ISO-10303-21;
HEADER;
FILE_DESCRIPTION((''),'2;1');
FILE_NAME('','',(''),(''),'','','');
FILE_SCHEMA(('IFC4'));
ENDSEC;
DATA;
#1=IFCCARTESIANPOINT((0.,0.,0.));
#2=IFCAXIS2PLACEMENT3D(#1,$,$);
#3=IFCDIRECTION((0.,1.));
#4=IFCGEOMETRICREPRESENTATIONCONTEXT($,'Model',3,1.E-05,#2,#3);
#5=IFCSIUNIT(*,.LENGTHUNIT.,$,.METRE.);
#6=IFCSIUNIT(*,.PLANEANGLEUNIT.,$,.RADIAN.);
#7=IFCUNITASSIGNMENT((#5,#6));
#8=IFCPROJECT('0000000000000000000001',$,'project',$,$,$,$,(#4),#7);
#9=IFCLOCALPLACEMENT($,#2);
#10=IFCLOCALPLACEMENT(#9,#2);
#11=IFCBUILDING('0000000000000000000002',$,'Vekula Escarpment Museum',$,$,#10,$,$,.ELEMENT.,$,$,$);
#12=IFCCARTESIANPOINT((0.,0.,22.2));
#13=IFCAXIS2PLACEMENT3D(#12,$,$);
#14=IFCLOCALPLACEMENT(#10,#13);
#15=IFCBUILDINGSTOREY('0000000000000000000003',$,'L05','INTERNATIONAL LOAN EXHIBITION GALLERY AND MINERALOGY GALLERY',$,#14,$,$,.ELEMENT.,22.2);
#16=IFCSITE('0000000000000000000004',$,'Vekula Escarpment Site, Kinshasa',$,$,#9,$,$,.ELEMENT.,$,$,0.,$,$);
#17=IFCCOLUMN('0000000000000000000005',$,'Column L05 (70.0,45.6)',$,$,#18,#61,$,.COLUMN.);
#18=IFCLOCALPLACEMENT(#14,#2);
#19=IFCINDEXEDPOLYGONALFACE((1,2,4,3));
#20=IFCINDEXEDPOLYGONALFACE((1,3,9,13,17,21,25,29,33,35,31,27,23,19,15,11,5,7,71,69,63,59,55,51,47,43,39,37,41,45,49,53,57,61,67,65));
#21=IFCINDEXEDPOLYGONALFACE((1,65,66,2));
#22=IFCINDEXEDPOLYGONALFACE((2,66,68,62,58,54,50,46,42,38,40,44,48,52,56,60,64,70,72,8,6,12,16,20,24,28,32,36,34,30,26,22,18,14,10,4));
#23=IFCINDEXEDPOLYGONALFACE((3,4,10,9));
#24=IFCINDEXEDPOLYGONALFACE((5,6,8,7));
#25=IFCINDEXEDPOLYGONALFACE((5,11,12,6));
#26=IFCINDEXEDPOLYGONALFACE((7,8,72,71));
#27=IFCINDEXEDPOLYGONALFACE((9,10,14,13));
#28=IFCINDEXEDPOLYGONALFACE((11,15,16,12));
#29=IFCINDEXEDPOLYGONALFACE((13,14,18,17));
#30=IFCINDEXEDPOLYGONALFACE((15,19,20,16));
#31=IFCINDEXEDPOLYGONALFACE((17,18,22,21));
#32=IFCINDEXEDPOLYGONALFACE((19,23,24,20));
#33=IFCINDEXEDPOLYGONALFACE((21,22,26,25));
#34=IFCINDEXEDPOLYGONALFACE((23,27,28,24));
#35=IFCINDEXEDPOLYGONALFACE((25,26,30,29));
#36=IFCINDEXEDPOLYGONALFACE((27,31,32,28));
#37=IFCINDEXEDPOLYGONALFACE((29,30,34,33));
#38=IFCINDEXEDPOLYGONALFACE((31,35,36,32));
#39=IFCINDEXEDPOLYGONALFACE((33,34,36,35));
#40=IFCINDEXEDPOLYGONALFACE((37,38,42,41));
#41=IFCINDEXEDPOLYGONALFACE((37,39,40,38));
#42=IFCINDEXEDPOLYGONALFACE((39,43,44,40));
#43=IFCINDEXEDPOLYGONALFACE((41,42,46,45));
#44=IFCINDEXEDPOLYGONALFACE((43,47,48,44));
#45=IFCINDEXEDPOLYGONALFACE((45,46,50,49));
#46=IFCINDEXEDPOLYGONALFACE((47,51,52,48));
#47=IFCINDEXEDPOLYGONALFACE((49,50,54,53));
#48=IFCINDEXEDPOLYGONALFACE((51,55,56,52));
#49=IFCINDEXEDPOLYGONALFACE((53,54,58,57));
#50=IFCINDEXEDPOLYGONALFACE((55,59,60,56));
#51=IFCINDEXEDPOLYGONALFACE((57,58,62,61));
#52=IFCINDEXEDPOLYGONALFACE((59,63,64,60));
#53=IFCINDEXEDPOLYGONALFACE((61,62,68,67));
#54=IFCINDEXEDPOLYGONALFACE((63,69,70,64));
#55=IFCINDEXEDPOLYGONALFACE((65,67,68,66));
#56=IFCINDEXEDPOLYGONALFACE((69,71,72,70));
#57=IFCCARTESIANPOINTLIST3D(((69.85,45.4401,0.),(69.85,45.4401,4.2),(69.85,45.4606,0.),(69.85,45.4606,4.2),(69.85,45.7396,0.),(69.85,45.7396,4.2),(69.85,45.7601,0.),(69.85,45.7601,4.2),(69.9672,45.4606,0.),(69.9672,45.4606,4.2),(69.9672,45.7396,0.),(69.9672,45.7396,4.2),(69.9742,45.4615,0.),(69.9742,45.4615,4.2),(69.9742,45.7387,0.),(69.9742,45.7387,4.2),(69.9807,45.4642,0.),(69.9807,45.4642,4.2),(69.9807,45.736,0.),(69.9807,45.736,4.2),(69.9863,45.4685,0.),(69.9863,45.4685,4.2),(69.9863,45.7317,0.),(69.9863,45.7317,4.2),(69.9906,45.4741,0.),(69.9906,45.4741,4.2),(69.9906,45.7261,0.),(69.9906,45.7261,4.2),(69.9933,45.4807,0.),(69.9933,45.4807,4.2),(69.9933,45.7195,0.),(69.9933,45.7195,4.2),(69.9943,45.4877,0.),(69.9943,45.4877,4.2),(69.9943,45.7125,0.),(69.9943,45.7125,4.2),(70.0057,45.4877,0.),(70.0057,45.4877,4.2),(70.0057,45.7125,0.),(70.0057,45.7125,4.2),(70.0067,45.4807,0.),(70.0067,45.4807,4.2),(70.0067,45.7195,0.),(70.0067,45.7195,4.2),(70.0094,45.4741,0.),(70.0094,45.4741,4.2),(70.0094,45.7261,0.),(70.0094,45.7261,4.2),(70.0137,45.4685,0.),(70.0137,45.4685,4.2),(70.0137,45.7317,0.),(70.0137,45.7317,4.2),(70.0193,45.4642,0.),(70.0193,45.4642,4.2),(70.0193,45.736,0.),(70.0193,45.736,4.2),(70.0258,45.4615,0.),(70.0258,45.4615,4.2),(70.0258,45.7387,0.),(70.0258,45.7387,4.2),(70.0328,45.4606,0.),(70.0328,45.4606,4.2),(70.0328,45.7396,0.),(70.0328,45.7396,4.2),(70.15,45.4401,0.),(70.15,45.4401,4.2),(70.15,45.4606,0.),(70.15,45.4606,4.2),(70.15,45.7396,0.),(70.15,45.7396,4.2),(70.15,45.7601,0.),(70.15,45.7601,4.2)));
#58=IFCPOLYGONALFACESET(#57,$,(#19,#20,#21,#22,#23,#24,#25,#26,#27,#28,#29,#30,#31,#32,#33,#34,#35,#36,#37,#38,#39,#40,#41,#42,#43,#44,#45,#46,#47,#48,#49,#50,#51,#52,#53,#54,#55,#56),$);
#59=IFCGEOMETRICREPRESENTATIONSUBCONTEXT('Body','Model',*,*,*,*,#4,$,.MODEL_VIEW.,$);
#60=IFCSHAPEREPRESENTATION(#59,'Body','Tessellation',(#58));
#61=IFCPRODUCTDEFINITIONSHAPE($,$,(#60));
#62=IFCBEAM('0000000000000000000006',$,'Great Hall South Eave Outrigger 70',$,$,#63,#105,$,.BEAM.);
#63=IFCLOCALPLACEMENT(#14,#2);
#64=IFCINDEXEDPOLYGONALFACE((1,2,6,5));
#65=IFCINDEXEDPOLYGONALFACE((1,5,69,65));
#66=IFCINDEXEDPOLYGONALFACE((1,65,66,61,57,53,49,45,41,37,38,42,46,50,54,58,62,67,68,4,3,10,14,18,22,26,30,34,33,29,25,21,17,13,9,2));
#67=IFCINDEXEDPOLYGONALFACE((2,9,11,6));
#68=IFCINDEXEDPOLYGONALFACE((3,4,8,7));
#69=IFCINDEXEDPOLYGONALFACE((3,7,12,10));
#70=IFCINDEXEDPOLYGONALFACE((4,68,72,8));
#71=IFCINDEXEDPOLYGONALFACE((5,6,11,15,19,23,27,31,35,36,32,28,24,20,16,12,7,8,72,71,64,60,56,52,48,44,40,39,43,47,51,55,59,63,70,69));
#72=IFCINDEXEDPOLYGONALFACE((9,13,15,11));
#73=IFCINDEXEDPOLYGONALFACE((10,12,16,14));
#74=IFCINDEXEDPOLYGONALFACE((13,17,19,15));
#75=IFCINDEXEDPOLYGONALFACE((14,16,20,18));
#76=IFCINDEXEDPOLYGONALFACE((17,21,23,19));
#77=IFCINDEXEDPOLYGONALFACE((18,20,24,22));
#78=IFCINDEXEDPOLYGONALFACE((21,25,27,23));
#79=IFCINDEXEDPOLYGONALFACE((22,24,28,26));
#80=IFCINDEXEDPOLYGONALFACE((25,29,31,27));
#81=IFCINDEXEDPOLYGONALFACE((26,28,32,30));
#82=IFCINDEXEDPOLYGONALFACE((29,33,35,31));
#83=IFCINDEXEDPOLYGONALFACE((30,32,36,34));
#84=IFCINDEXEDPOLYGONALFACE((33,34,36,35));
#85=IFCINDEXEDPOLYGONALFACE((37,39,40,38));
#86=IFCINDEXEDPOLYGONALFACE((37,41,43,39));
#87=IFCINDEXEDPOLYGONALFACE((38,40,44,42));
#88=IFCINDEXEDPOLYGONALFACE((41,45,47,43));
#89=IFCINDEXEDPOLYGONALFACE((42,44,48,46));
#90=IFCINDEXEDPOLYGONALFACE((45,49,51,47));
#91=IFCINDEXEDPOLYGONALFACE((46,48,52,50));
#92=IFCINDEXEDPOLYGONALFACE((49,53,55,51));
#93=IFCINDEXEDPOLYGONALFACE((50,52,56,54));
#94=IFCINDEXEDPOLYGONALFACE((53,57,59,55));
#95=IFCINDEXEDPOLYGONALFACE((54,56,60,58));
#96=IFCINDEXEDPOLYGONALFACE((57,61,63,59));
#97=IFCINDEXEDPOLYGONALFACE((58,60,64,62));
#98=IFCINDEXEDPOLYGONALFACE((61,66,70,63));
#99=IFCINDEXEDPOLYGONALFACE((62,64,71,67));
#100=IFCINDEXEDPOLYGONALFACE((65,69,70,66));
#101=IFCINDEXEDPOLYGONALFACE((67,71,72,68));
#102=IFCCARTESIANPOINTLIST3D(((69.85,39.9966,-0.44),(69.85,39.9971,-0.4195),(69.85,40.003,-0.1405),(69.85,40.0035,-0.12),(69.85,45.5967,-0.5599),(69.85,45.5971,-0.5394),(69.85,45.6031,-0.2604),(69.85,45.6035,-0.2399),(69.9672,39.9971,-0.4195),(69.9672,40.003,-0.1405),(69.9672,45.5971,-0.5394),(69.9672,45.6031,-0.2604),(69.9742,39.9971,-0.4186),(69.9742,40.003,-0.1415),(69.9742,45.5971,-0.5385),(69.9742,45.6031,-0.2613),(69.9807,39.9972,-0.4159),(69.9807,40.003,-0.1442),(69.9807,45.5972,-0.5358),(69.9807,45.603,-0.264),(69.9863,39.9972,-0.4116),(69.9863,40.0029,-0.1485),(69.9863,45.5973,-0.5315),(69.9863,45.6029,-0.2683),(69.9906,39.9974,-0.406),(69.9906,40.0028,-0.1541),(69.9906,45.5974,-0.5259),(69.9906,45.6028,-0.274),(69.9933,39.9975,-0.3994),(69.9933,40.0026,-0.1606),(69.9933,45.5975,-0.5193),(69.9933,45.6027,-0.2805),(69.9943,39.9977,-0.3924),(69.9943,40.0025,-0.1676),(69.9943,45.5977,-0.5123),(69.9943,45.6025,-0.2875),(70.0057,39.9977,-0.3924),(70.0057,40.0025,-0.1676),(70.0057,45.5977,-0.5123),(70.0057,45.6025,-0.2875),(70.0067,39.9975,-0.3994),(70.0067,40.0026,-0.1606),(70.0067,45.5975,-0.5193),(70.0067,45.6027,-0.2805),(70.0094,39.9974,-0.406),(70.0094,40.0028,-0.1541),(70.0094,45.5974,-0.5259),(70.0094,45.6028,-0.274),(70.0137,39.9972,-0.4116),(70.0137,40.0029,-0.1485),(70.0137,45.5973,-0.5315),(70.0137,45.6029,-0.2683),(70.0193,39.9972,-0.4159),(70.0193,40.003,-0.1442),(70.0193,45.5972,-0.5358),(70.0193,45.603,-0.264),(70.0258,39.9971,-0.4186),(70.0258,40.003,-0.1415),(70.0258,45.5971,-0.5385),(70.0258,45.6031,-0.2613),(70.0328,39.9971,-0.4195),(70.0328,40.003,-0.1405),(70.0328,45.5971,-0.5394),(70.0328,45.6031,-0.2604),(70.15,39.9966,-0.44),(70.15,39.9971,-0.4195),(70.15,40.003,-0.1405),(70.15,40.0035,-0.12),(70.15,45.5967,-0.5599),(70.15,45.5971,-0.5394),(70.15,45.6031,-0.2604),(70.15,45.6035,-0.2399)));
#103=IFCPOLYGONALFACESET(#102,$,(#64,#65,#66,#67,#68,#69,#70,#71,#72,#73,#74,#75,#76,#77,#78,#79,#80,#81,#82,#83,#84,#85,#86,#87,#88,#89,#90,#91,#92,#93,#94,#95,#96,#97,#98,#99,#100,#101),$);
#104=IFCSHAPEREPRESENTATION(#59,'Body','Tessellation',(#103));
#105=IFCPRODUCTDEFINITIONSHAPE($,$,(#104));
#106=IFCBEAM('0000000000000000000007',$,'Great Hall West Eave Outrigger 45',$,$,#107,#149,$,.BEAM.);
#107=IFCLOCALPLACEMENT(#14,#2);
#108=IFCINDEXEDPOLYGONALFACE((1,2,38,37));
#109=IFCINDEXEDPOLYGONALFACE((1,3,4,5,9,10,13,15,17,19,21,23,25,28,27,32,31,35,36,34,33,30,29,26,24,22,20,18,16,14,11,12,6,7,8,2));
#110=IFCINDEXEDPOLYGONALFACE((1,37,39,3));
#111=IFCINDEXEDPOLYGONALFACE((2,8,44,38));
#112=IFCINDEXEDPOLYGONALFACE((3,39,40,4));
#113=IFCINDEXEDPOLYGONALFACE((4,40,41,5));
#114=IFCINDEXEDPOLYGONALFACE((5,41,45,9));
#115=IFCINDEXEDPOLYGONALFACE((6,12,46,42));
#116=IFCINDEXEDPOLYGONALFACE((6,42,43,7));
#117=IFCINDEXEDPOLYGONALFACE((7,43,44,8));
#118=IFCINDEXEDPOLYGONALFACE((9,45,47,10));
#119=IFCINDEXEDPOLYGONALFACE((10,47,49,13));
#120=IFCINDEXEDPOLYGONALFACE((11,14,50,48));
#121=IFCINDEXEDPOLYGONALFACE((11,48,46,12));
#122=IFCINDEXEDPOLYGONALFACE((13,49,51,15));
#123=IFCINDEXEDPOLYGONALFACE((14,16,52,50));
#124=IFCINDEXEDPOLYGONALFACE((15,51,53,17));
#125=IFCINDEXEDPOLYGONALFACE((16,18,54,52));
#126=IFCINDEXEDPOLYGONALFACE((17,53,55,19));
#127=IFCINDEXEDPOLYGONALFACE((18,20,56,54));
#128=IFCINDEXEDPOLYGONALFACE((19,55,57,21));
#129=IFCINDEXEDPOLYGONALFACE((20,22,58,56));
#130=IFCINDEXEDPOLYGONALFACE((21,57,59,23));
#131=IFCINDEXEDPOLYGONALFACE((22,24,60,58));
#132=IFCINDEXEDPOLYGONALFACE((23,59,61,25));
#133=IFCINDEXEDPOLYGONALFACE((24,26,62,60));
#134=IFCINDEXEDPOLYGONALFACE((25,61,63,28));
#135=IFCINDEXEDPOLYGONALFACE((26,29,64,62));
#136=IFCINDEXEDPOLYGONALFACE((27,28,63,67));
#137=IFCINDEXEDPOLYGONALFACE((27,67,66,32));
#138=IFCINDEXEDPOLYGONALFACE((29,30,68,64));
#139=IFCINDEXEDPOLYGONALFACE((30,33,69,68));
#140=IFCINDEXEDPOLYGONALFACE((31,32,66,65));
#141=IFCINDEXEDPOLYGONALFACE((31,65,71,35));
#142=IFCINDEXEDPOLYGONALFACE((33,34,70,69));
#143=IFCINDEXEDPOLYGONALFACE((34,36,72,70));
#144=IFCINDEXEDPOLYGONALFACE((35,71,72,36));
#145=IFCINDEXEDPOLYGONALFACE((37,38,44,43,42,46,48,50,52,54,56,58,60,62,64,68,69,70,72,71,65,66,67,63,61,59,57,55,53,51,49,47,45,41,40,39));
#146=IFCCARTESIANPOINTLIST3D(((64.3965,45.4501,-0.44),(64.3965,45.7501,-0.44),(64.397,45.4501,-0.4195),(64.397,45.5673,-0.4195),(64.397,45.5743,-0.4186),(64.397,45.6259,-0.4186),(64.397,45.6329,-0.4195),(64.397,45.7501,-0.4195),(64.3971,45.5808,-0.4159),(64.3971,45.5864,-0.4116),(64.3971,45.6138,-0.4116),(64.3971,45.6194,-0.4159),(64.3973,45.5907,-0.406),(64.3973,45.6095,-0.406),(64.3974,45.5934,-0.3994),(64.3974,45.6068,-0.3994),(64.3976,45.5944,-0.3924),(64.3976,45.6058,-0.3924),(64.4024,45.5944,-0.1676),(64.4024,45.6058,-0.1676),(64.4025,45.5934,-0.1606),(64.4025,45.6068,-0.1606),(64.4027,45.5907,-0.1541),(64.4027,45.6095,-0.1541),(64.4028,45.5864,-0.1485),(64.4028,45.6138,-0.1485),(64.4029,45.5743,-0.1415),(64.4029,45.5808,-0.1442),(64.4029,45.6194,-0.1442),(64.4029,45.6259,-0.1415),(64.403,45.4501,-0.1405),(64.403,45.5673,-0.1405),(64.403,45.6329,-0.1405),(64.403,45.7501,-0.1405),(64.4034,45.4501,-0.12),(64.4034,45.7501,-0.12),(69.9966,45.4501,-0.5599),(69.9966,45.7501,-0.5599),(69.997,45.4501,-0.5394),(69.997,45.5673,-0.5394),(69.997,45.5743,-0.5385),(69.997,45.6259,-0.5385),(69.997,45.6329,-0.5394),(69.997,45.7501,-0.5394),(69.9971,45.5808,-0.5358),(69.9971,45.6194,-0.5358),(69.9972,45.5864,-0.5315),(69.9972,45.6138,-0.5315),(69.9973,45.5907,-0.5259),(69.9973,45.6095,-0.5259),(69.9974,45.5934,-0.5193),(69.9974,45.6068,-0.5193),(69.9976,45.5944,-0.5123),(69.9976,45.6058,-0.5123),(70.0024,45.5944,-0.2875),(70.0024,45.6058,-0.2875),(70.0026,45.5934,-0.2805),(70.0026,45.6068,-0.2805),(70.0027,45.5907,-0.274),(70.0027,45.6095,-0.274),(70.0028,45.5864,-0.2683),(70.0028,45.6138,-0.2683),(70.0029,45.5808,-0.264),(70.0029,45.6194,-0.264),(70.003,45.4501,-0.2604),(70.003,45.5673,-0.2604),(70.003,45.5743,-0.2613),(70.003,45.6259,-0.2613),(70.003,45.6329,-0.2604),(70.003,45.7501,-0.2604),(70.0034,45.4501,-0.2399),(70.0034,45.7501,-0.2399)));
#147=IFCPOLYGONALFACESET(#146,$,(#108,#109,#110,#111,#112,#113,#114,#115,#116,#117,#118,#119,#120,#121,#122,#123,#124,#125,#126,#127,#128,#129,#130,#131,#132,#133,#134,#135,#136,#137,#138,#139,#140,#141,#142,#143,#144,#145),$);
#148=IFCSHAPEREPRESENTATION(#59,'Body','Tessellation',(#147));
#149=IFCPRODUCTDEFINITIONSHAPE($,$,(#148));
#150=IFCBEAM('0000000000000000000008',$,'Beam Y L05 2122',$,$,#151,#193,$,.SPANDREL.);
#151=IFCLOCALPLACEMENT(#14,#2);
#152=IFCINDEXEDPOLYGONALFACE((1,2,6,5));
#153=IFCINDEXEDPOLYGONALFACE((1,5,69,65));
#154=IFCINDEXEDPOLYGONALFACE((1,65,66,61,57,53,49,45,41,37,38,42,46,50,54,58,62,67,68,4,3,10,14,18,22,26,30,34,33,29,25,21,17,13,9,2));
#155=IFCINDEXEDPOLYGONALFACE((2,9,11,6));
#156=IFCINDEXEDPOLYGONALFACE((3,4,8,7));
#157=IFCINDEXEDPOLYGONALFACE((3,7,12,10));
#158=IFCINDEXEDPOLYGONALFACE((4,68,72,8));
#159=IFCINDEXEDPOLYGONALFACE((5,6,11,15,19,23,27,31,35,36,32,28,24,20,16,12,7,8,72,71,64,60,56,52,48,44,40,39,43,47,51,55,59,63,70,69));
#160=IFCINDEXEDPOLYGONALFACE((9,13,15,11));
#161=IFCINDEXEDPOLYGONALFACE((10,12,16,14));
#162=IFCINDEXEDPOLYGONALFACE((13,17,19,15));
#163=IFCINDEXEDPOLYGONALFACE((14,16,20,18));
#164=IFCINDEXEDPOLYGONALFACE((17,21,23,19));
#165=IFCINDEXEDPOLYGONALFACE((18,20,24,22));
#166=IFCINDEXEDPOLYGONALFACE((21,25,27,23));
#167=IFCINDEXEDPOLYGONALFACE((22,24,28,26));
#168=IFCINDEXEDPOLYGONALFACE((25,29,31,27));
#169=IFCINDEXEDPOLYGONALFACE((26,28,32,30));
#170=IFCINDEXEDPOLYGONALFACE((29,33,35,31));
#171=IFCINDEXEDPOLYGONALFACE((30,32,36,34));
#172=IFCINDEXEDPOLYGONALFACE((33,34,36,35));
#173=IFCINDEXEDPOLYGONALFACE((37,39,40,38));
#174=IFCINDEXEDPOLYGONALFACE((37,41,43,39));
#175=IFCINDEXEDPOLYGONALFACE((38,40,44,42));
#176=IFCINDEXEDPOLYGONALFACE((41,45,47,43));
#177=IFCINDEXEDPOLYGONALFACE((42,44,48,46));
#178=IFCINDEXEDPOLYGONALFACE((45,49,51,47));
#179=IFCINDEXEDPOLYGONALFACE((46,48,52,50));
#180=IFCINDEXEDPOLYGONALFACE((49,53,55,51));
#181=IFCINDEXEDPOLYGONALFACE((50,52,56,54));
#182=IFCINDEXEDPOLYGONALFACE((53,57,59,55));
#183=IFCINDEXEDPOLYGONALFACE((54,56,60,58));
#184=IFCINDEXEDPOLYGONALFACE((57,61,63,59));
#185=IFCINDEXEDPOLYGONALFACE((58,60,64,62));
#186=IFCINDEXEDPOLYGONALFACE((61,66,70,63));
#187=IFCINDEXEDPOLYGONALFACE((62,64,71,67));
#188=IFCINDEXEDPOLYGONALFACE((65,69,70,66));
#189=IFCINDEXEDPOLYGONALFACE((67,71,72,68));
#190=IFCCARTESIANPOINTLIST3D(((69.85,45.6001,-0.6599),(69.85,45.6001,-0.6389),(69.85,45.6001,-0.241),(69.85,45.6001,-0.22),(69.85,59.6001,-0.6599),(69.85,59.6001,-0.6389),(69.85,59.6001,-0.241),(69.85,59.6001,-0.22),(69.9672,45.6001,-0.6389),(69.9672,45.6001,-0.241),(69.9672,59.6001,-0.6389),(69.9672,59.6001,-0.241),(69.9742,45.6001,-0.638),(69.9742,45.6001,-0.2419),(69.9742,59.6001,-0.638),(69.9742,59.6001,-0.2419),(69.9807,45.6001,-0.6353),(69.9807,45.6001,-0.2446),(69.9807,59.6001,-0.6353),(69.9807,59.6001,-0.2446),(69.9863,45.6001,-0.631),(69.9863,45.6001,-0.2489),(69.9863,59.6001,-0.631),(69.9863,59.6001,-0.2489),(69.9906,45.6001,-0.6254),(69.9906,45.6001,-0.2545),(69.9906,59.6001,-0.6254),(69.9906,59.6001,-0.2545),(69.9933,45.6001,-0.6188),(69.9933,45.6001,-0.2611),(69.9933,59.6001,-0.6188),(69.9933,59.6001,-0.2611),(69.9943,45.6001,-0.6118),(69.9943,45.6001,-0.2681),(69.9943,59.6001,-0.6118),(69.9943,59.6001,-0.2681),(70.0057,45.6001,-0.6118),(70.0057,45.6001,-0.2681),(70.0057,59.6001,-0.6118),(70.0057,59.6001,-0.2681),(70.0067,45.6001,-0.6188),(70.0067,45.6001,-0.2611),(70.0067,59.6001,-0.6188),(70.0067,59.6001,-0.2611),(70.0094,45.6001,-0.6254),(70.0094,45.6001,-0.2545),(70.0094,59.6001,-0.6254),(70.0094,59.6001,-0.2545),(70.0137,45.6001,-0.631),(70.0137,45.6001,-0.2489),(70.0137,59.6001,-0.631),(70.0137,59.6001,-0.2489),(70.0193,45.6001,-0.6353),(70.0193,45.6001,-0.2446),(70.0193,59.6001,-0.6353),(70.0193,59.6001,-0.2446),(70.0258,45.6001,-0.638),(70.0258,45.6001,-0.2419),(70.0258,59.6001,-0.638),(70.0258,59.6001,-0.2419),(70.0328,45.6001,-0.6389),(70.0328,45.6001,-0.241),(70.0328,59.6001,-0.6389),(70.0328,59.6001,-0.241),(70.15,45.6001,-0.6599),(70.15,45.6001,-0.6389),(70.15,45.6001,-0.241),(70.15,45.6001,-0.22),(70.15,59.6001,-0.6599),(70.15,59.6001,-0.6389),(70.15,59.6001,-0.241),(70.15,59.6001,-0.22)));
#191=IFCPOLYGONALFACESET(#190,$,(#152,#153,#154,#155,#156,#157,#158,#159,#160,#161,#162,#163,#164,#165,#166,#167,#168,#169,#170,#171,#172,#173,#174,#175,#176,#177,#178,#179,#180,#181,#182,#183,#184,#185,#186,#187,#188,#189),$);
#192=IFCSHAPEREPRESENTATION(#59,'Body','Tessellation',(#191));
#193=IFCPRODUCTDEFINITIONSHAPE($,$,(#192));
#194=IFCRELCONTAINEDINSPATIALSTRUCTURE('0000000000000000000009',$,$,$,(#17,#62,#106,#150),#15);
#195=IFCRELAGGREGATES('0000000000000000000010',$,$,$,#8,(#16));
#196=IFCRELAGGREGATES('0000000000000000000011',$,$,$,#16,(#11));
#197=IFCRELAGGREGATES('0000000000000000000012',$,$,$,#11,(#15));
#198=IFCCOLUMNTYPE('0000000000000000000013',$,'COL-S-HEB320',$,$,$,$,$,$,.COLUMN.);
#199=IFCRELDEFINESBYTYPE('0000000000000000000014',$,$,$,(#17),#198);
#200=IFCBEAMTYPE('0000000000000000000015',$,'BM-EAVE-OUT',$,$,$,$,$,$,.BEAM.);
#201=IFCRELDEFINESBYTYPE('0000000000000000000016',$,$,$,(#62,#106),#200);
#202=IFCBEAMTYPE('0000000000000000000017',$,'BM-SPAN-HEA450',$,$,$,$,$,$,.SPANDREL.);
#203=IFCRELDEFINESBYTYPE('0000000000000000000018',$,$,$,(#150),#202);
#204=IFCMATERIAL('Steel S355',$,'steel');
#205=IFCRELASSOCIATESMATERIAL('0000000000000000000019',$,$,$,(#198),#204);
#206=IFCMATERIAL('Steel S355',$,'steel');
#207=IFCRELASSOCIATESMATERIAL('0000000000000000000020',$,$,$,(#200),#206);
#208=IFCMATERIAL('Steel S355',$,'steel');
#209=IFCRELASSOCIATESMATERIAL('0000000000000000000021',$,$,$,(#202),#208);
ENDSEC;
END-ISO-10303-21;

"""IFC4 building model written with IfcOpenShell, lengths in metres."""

from ifc_helpers import new_model, si_unit, direction, frame, origin, origin_2d, place, context, subcontext, project, spatial, i_section, extrude, material, material_profile, profile_set, type_object, element, save


model = new_model("IFC4")

# Units and contexts
model_context = context("Model", 3, precision=1e-05, world=origin(), true_north=direction((0.0, 1.0)))
body_context = subcontext(model_context, "Body", "Model", "MODEL_VIEW")
ifc_project = project(units=[si_unit("LENGTHUNIT", "METRE"), si_unit("PLANEANGLEUNIT", "RADIAN")], contexts=[model_context])

# Site, building, storey
site_placement = place(None, origin())
site = spatial("IfcSite", under=ifc_project, at=site_placement, Name="Vekula Escarpment Site, Kinshasa", CompositionType="ELEMENT", RefElevation=0.0)
building_placement = place(site_placement, origin())
building = spatial("IfcBuilding", under=site, at=building_placement, Name="Vekula Escarpment Museum", CompositionType="ELEMENT")
storey_placement = place(building_placement, frame((0.0, 0.0, 22.2)))
storey = spatial("IfcBuildingStorey", under=building, at=storey_placement, Name="L05", Description="INTERNATIONAL LOAN EXHIBITION GALLERY AND MINERALOGY GALLERY", CompositionType="ELEMENT", Elevation=22.2)

# Column
ifc_material_1 = material(Name="Steel S355", Category="steel")
ifc_material_profile_1 = material_profile(ifc_material_1, i_section(OverallWidth=0.3, OverallDepth=0.3201, WebThickness=0.0115, FlangeThickness=0.0205, FilletRadius=0.0271, at=origin_2d()), Name="HEB 320")
ifc_profile_set_1 = profile_set([ifc_material_profile_1], Name="Steel S355")
column_type = type_object("IfcColumnType", Name="COL-S-HEB320", PredefinedType="COLUMN", material=ifc_profile_set_1)
column_placement = place(storey_placement, frame((70.0, 45.6001, 0.0), z_axis=(0.0, 0.0, 1.0), x_axis=(1.0, 0.0, 0.0)))
element("IfcColumn", 1, at=column_placement, inside=storey, type_object=column_type, Name="Column L05 (70.0,45.6)", PredefinedType="COLUMN", context=body_context, shape_type="SweptSolid", body=[
    extrude(i_section(OverallWidth=0.3, OverallDepth=0.3201, WebThickness=0.0115, FlangeThickness=0.0205, FilletRadius=0.0271, at=origin_2d()), origin(), (0.0, 0.0, 1.0), 4.2),
])

# Beams
ifc_material_2 = material(Name="Steel S355", Category="steel")
ifc_material_profile_2 = material_profile(ifc_material_2, i_section(OverallWidth=0.3, OverallDepth=0.3201, WebThickness=0.0115, FlangeThickness=0.0205, FilletRadius=0.0271, at=origin_2d()), Name="HEB 320")
ifc_profile_set_2 = profile_set([ifc_material_profile_2], Name="Steel S355")
beam_type_1 = type_object("IfcBeamType", Name="BM-EAVE-OUT", PredefinedType="BEAM", material=ifc_profile_set_2)
for number, where, z_axis, x_axis, name in (
    (2, (70.0, 45.6001, -0.3999), (0.0, -0.999771, 0.021401), (1.0, 0.0, 0.0), "Great Hall South Eave Outrigger 70"),
    (3, (70.0, 45.6001, -0.3999), (-0.999771, 0.0, 0.021401), (0.0, -1.0, 0.0), "Great Hall West Eave Outrigger 45"),
):
    element("IfcBeam", number, at=place(storey_placement, frame(where, z_axis=z_axis, x_axis=x_axis)), inside=storey, type_object=beam_type_1, Name=name, PredefinedType="BEAM", context=body_context, shape_type="SweptSolid", body=[
        extrude(i_section(OverallWidth=0.3, OverallDepth=0.3201, WebThickness=0.0115, FlangeThickness=0.0205, FilletRadius=0.0271, at=origin_2d()), origin(), (0.0, 0.0, 1.0), 5.6013),
    ])
ifc_material_3 = material(Name="Steel S355", Category="steel")
ifc_material_profile_3 = material_profile(ifc_material_3, i_section(OverallWidth=0.3, OverallDepth=0.4399, WebThickness=0.0115, FlangeThickness=0.021, FilletRadius=0.0271, at=origin_2d()), Name="HEA 450")
ifc_profile_set_3 = profile_set([ifc_material_profile_3], Name="Steel S355")
beam_type_2 = type_object("IfcBeamType", Name="BM-SPAN-HEA450", PredefinedType="SPANDREL", material=ifc_profile_set_3)
beam_1_placement = place(storey_placement, frame((70.0, 45.6001, -0.4399), z_axis=(0.0, 1.0, 0.0), x_axis=(-1.0, 0.0, 0.0)))
element("IfcBeam", 4, at=beam_1_placement, inside=storey, type_object=beam_type_2, Name="Beam Y L05 2122", PredefinedType="SPANDREL", context=body_context, shape_type="SweptSolid", body=[
    extrude(i_section(OverallWidth=0.3, OverallDepth=0.4399, WebThickness=0.0115, FlangeThickness=0.021, FilletRadius=0.0271, at=origin_2d()), origin(), (0.0, 0.0, 1.0), 14.0),
])

save(model, "model.ifc")
